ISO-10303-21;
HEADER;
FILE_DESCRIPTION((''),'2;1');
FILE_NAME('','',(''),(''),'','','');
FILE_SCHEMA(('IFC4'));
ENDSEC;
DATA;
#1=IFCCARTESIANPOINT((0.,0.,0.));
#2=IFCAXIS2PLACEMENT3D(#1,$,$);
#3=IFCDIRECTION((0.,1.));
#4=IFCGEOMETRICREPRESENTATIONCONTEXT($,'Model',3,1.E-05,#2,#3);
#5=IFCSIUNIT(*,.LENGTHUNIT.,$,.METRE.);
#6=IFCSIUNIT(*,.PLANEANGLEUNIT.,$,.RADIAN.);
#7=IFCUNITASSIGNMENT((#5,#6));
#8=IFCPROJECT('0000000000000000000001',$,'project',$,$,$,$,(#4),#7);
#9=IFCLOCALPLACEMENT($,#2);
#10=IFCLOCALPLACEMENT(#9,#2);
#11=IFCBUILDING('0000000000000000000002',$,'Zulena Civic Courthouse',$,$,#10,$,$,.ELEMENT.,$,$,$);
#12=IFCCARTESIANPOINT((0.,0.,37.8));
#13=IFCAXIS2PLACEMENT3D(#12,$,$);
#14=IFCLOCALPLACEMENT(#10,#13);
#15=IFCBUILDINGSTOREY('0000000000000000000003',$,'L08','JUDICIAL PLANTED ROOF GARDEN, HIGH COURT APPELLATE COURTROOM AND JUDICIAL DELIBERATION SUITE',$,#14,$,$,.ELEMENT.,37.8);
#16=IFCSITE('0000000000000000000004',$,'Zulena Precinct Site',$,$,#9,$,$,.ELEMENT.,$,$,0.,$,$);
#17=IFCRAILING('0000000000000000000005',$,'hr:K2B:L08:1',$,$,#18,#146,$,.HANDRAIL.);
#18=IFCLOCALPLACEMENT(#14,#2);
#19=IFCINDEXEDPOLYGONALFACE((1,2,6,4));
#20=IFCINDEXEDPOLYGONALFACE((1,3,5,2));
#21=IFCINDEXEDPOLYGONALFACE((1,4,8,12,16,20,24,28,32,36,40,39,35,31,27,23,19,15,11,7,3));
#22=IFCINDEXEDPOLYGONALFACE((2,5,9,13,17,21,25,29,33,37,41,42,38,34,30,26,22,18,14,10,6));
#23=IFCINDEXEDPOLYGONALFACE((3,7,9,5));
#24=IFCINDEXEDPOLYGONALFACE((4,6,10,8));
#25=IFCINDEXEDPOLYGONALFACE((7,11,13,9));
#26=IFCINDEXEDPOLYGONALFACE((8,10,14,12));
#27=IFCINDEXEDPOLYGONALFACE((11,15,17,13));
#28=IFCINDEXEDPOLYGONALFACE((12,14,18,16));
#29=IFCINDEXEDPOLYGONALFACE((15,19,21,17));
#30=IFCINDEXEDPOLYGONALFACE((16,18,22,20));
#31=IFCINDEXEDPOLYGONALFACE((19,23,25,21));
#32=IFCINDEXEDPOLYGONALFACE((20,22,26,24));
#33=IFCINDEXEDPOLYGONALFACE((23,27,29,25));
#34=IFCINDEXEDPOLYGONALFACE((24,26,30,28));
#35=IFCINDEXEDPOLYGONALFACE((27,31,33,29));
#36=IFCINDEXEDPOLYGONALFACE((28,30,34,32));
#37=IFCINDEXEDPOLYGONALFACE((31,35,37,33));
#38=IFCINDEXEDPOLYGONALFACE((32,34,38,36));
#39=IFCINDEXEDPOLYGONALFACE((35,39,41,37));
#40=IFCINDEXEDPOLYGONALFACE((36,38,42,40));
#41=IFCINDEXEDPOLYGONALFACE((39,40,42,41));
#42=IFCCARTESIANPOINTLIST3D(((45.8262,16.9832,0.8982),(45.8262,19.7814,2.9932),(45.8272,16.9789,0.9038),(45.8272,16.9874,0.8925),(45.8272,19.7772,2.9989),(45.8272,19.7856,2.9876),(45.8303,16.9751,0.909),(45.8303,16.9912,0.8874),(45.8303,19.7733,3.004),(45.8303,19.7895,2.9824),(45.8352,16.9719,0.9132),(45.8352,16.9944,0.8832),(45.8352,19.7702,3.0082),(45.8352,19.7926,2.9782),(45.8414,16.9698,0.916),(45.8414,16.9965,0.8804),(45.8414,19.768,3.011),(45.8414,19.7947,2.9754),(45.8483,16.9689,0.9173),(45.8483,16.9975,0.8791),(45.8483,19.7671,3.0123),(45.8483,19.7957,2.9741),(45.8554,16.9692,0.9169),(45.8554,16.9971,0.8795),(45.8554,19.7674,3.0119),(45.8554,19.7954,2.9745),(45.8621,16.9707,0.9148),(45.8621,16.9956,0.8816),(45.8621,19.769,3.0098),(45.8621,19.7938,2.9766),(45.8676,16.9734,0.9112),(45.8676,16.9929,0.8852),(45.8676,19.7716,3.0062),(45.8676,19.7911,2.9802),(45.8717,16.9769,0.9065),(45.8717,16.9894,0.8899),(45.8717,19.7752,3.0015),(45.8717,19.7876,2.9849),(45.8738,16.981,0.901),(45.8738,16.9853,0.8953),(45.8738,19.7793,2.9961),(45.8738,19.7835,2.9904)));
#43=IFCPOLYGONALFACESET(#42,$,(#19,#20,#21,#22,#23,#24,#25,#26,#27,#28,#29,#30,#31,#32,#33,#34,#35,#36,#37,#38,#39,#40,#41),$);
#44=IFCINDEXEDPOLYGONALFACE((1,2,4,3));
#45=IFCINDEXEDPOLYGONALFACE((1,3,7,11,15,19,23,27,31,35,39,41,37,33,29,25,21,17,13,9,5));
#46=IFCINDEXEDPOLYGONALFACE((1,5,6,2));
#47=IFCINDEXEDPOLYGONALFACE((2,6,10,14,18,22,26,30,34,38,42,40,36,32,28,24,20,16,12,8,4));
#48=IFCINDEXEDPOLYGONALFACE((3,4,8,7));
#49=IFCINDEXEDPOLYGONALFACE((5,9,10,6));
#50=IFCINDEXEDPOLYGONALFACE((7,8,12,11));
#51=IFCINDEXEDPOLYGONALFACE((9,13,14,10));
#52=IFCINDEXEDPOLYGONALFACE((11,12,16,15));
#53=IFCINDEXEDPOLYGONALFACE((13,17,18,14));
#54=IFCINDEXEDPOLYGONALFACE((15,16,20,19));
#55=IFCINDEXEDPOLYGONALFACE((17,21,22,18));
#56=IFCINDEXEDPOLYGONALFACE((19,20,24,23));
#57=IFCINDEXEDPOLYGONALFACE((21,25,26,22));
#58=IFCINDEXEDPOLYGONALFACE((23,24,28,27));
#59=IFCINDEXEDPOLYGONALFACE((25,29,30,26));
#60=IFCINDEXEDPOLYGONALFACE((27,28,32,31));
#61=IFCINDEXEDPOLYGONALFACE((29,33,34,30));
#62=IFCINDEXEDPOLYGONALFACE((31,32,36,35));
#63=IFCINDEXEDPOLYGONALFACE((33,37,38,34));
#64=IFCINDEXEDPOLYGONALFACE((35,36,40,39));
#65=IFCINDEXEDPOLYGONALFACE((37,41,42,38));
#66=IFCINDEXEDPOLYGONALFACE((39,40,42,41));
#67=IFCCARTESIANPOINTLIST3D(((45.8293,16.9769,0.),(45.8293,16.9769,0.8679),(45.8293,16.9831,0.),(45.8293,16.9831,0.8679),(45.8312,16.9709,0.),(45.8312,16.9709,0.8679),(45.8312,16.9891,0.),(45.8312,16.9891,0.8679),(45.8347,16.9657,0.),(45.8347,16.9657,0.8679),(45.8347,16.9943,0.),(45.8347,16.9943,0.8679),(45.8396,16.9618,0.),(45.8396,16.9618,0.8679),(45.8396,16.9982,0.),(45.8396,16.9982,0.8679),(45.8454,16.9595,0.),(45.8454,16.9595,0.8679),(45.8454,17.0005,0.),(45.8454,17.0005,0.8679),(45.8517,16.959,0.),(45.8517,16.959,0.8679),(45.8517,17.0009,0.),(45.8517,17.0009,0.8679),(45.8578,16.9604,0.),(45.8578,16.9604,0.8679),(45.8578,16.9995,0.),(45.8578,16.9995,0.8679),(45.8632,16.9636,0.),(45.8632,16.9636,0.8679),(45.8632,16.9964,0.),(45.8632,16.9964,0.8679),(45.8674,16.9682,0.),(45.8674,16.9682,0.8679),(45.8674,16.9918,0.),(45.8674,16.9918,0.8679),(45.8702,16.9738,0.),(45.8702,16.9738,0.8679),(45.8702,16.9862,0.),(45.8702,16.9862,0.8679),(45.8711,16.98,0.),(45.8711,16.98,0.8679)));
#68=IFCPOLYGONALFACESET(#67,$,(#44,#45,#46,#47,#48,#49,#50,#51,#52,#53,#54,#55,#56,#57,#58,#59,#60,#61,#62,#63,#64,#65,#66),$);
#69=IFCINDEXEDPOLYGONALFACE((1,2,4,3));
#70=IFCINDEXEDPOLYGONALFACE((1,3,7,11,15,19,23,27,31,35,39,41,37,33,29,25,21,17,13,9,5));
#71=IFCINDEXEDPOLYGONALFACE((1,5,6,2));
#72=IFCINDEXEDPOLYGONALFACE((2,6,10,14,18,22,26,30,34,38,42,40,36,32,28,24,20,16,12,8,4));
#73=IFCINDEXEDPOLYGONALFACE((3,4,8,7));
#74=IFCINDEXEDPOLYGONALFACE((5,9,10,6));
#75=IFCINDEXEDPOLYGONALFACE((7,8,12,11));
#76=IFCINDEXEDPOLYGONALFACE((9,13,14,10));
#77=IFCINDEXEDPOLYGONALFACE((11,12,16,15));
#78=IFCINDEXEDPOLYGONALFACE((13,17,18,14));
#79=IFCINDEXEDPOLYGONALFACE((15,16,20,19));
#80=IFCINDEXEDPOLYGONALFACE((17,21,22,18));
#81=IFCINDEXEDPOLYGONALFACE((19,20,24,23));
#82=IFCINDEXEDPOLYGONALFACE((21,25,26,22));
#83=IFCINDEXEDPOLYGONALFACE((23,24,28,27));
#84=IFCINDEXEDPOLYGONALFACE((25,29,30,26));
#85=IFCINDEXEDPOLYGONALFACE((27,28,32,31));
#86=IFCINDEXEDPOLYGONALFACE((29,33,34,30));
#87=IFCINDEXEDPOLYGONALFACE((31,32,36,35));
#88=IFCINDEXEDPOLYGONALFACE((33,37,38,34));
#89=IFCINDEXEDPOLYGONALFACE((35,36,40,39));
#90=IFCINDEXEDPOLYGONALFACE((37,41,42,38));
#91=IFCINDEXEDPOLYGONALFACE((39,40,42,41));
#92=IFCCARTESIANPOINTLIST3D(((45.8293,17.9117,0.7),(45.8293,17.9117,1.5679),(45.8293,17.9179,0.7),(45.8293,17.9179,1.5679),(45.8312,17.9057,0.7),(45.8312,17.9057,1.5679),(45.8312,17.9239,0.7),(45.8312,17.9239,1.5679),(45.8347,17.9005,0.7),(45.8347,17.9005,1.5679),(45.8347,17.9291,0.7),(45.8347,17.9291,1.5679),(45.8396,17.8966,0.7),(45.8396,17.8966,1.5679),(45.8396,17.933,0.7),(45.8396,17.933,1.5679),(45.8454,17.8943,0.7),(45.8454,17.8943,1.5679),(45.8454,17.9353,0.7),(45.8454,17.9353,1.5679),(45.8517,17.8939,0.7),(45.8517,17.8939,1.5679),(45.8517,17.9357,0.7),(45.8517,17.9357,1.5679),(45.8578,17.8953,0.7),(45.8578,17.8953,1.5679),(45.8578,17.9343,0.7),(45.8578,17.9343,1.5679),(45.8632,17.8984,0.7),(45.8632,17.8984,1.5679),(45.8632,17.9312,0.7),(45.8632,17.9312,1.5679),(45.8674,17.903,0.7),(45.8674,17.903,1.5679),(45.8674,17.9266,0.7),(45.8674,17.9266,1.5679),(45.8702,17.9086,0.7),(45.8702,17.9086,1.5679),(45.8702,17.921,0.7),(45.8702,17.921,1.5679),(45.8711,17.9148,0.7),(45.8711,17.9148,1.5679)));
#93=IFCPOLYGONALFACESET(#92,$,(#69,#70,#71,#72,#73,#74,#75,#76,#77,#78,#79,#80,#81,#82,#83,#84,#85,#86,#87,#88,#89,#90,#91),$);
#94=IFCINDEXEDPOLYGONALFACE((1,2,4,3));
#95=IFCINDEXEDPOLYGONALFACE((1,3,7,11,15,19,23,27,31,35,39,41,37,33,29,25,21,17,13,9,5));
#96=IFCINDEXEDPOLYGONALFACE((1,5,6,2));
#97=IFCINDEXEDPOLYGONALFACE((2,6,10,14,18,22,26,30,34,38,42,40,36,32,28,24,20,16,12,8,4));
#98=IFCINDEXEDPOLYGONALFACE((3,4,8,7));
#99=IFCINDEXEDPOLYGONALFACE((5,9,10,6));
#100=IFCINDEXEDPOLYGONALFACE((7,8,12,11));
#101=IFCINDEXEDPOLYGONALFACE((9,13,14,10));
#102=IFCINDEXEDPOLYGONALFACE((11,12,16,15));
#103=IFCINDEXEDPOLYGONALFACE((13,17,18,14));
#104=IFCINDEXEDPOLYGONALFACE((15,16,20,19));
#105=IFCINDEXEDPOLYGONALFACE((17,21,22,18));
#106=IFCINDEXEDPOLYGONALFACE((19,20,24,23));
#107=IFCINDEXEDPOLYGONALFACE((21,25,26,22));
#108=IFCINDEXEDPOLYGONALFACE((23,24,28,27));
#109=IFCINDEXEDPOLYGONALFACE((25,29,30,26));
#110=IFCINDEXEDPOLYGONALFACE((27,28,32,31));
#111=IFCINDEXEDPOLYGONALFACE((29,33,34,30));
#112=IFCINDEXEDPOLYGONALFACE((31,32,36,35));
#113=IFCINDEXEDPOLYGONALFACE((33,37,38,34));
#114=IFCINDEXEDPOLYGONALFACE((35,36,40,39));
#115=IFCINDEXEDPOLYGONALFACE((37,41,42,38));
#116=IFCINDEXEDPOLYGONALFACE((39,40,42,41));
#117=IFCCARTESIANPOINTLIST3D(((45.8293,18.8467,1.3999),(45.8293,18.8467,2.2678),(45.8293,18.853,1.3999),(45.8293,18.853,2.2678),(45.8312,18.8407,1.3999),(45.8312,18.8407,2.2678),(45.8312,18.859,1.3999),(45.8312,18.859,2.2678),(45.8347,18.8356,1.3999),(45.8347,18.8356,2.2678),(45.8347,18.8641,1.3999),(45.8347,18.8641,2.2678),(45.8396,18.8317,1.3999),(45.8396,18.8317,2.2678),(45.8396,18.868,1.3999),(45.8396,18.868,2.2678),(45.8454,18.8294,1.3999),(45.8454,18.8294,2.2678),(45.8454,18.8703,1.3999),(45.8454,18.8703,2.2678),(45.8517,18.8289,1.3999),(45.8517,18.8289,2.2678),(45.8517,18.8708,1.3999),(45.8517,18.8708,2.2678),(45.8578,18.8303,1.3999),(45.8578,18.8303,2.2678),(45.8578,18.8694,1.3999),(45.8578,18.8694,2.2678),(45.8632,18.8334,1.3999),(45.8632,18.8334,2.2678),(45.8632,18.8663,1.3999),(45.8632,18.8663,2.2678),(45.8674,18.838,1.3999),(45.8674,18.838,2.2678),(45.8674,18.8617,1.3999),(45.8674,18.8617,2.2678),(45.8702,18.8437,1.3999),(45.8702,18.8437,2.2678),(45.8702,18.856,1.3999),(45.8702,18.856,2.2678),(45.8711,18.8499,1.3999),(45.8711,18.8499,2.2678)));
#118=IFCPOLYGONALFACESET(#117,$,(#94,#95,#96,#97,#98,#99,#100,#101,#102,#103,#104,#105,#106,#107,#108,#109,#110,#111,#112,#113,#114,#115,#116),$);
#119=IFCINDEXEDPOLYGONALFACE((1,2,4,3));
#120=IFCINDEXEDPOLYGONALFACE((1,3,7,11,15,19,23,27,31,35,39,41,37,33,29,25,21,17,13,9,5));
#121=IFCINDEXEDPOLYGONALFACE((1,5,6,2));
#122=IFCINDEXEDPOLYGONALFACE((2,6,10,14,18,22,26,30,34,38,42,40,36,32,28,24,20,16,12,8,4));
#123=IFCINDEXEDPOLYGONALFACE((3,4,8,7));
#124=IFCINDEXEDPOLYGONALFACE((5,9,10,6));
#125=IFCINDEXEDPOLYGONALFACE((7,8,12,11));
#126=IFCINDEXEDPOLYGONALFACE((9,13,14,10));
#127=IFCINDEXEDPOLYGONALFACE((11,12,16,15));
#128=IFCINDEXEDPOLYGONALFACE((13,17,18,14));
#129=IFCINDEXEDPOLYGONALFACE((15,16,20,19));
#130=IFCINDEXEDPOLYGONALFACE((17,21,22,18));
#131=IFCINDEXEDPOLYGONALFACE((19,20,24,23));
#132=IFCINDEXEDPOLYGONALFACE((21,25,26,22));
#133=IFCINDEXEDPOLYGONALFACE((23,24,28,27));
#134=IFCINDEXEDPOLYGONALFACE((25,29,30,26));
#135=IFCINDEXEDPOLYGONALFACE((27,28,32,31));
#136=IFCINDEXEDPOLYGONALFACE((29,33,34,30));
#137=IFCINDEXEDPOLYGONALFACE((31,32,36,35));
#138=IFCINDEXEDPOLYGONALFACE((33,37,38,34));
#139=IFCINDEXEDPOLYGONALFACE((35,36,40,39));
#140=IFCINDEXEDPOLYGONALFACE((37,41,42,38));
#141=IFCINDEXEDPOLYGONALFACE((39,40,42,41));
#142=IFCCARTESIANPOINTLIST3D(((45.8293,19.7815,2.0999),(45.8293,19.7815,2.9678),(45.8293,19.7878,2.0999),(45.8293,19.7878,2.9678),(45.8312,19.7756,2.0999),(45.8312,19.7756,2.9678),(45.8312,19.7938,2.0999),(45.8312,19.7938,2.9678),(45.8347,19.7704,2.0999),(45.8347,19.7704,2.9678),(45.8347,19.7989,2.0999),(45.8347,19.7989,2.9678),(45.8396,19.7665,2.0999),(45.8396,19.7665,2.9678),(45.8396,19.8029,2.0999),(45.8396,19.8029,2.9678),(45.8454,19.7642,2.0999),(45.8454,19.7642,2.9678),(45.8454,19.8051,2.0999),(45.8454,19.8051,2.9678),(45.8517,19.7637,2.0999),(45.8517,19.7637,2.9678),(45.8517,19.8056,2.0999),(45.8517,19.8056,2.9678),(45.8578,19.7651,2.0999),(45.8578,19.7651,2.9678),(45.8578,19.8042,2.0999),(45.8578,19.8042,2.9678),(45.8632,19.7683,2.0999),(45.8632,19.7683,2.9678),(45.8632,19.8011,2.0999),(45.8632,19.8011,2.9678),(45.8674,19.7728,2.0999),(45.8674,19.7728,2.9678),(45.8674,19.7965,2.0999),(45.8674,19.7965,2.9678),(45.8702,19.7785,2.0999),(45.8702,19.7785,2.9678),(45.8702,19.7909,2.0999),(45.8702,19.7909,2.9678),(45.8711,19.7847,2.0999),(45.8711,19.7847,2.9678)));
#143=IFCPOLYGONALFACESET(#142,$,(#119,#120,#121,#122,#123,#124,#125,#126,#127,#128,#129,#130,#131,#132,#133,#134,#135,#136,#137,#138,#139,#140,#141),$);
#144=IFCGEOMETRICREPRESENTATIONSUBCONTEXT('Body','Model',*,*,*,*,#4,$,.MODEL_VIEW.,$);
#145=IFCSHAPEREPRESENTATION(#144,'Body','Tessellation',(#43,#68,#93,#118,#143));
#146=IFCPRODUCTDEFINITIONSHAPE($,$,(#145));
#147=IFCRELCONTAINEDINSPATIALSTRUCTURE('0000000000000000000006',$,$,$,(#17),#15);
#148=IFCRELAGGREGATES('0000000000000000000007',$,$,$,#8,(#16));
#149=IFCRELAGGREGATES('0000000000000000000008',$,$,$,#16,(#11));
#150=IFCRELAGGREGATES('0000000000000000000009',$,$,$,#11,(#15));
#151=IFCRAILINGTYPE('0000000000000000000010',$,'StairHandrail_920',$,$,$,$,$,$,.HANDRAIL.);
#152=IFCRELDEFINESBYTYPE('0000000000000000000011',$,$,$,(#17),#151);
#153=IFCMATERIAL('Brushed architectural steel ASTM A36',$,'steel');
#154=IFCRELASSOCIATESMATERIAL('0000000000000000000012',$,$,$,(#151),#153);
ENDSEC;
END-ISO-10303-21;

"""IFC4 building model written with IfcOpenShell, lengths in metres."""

from ifc_helpers import new_model, si_unit, direction, frame, origin, origin_2d, place, context, subcontext, project, spatial, circle, extrude, material, type_object, element, save


model = new_model("IFC4")

# Units and contexts
model_context = context("Model", 3, precision=1e-05, world=origin(), true_north=direction((0.0, 1.0)))
body_context = subcontext(model_context, "Body", "Model", "MODEL_VIEW")
ifc_project = project(units=[si_unit("LENGTHUNIT", "METRE"), si_unit("PLANEANGLEUNIT", "RADIAN")], contexts=[model_context])

# Site, building, storey
site_placement = place(None, origin())
site = spatial("IfcSite", under=ifc_project, at=site_placement, Name="Zulena Precinct Site", CompositionType="ELEMENT", RefElevation=0.0)
building_placement = place(site_placement, origin())
building = spatial("IfcBuilding", under=site, at=building_placement, Name="Zulena Civic Courthouse", CompositionType="ELEMENT")
storey_placement = place(building_placement, frame((0.0, 0.0, 37.8)))
storey = spatial("IfcBuildingStorey", under=building, at=storey_placement, Name="L08", Description="JUDICIAL PLANTED ROOF GARDEN, HIGH COURT APPELLATE COURTROOM AND JUDICIAL DELIBERATION SUITE", CompositionType="ELEMENT", Elevation=37.8)

# Railing
ifc_material_1 = material(Name="Brushed architectural steel ASTM A36", Category="steel")
railing_type_1 = type_object("IfcRailingType", Name="StairHandrail_920", PredefinedType="HANDRAIL", material=ifc_material_1)
railing_1_placement = place(storey_placement, frame((45.8501, 16.98, 0.0)))
element("IfcRailing", 1, at=railing_1_placement, inside=storey, type_object=railing_type_1, Name="hr:K2B:L08:1", PredefinedType="HANDRAIL", context=body_context, shape_type="SweptSolid", body=[
    extrude(circle(Radius=0.0239, at=origin_2d()), frame((0.0, 0.0032, 0.8982), z_axis=(0.0, 0.800501, 0.599331), x_axis=(-1.0, 0.0, 0.0)), (0.0, 0.0, 1.0), 3.4956),
    extrude(circle(Radius=0.021, at=origin_2d()), origin(), (0.0, 0.0, 1.0), 0.8679),
    extrude(circle(Radius=0.021, at=origin_2d()), frame((0.0, 0.9348, 0.7)), (0.0, 0.0, 1.0), 0.8679),
    extrude(circle(Radius=0.021, at=origin_2d()), frame((0.0, 1.8699, 1.3999)), (0.0, 0.0, 1.0), 0.8679),
    extrude(circle(Radius=0.021, at=origin_2d()), frame((0.0, 2.8047, 2.0999)), (0.0, 0.0, 1.0), 0.8679),
])

save(model, "model.ifc")
